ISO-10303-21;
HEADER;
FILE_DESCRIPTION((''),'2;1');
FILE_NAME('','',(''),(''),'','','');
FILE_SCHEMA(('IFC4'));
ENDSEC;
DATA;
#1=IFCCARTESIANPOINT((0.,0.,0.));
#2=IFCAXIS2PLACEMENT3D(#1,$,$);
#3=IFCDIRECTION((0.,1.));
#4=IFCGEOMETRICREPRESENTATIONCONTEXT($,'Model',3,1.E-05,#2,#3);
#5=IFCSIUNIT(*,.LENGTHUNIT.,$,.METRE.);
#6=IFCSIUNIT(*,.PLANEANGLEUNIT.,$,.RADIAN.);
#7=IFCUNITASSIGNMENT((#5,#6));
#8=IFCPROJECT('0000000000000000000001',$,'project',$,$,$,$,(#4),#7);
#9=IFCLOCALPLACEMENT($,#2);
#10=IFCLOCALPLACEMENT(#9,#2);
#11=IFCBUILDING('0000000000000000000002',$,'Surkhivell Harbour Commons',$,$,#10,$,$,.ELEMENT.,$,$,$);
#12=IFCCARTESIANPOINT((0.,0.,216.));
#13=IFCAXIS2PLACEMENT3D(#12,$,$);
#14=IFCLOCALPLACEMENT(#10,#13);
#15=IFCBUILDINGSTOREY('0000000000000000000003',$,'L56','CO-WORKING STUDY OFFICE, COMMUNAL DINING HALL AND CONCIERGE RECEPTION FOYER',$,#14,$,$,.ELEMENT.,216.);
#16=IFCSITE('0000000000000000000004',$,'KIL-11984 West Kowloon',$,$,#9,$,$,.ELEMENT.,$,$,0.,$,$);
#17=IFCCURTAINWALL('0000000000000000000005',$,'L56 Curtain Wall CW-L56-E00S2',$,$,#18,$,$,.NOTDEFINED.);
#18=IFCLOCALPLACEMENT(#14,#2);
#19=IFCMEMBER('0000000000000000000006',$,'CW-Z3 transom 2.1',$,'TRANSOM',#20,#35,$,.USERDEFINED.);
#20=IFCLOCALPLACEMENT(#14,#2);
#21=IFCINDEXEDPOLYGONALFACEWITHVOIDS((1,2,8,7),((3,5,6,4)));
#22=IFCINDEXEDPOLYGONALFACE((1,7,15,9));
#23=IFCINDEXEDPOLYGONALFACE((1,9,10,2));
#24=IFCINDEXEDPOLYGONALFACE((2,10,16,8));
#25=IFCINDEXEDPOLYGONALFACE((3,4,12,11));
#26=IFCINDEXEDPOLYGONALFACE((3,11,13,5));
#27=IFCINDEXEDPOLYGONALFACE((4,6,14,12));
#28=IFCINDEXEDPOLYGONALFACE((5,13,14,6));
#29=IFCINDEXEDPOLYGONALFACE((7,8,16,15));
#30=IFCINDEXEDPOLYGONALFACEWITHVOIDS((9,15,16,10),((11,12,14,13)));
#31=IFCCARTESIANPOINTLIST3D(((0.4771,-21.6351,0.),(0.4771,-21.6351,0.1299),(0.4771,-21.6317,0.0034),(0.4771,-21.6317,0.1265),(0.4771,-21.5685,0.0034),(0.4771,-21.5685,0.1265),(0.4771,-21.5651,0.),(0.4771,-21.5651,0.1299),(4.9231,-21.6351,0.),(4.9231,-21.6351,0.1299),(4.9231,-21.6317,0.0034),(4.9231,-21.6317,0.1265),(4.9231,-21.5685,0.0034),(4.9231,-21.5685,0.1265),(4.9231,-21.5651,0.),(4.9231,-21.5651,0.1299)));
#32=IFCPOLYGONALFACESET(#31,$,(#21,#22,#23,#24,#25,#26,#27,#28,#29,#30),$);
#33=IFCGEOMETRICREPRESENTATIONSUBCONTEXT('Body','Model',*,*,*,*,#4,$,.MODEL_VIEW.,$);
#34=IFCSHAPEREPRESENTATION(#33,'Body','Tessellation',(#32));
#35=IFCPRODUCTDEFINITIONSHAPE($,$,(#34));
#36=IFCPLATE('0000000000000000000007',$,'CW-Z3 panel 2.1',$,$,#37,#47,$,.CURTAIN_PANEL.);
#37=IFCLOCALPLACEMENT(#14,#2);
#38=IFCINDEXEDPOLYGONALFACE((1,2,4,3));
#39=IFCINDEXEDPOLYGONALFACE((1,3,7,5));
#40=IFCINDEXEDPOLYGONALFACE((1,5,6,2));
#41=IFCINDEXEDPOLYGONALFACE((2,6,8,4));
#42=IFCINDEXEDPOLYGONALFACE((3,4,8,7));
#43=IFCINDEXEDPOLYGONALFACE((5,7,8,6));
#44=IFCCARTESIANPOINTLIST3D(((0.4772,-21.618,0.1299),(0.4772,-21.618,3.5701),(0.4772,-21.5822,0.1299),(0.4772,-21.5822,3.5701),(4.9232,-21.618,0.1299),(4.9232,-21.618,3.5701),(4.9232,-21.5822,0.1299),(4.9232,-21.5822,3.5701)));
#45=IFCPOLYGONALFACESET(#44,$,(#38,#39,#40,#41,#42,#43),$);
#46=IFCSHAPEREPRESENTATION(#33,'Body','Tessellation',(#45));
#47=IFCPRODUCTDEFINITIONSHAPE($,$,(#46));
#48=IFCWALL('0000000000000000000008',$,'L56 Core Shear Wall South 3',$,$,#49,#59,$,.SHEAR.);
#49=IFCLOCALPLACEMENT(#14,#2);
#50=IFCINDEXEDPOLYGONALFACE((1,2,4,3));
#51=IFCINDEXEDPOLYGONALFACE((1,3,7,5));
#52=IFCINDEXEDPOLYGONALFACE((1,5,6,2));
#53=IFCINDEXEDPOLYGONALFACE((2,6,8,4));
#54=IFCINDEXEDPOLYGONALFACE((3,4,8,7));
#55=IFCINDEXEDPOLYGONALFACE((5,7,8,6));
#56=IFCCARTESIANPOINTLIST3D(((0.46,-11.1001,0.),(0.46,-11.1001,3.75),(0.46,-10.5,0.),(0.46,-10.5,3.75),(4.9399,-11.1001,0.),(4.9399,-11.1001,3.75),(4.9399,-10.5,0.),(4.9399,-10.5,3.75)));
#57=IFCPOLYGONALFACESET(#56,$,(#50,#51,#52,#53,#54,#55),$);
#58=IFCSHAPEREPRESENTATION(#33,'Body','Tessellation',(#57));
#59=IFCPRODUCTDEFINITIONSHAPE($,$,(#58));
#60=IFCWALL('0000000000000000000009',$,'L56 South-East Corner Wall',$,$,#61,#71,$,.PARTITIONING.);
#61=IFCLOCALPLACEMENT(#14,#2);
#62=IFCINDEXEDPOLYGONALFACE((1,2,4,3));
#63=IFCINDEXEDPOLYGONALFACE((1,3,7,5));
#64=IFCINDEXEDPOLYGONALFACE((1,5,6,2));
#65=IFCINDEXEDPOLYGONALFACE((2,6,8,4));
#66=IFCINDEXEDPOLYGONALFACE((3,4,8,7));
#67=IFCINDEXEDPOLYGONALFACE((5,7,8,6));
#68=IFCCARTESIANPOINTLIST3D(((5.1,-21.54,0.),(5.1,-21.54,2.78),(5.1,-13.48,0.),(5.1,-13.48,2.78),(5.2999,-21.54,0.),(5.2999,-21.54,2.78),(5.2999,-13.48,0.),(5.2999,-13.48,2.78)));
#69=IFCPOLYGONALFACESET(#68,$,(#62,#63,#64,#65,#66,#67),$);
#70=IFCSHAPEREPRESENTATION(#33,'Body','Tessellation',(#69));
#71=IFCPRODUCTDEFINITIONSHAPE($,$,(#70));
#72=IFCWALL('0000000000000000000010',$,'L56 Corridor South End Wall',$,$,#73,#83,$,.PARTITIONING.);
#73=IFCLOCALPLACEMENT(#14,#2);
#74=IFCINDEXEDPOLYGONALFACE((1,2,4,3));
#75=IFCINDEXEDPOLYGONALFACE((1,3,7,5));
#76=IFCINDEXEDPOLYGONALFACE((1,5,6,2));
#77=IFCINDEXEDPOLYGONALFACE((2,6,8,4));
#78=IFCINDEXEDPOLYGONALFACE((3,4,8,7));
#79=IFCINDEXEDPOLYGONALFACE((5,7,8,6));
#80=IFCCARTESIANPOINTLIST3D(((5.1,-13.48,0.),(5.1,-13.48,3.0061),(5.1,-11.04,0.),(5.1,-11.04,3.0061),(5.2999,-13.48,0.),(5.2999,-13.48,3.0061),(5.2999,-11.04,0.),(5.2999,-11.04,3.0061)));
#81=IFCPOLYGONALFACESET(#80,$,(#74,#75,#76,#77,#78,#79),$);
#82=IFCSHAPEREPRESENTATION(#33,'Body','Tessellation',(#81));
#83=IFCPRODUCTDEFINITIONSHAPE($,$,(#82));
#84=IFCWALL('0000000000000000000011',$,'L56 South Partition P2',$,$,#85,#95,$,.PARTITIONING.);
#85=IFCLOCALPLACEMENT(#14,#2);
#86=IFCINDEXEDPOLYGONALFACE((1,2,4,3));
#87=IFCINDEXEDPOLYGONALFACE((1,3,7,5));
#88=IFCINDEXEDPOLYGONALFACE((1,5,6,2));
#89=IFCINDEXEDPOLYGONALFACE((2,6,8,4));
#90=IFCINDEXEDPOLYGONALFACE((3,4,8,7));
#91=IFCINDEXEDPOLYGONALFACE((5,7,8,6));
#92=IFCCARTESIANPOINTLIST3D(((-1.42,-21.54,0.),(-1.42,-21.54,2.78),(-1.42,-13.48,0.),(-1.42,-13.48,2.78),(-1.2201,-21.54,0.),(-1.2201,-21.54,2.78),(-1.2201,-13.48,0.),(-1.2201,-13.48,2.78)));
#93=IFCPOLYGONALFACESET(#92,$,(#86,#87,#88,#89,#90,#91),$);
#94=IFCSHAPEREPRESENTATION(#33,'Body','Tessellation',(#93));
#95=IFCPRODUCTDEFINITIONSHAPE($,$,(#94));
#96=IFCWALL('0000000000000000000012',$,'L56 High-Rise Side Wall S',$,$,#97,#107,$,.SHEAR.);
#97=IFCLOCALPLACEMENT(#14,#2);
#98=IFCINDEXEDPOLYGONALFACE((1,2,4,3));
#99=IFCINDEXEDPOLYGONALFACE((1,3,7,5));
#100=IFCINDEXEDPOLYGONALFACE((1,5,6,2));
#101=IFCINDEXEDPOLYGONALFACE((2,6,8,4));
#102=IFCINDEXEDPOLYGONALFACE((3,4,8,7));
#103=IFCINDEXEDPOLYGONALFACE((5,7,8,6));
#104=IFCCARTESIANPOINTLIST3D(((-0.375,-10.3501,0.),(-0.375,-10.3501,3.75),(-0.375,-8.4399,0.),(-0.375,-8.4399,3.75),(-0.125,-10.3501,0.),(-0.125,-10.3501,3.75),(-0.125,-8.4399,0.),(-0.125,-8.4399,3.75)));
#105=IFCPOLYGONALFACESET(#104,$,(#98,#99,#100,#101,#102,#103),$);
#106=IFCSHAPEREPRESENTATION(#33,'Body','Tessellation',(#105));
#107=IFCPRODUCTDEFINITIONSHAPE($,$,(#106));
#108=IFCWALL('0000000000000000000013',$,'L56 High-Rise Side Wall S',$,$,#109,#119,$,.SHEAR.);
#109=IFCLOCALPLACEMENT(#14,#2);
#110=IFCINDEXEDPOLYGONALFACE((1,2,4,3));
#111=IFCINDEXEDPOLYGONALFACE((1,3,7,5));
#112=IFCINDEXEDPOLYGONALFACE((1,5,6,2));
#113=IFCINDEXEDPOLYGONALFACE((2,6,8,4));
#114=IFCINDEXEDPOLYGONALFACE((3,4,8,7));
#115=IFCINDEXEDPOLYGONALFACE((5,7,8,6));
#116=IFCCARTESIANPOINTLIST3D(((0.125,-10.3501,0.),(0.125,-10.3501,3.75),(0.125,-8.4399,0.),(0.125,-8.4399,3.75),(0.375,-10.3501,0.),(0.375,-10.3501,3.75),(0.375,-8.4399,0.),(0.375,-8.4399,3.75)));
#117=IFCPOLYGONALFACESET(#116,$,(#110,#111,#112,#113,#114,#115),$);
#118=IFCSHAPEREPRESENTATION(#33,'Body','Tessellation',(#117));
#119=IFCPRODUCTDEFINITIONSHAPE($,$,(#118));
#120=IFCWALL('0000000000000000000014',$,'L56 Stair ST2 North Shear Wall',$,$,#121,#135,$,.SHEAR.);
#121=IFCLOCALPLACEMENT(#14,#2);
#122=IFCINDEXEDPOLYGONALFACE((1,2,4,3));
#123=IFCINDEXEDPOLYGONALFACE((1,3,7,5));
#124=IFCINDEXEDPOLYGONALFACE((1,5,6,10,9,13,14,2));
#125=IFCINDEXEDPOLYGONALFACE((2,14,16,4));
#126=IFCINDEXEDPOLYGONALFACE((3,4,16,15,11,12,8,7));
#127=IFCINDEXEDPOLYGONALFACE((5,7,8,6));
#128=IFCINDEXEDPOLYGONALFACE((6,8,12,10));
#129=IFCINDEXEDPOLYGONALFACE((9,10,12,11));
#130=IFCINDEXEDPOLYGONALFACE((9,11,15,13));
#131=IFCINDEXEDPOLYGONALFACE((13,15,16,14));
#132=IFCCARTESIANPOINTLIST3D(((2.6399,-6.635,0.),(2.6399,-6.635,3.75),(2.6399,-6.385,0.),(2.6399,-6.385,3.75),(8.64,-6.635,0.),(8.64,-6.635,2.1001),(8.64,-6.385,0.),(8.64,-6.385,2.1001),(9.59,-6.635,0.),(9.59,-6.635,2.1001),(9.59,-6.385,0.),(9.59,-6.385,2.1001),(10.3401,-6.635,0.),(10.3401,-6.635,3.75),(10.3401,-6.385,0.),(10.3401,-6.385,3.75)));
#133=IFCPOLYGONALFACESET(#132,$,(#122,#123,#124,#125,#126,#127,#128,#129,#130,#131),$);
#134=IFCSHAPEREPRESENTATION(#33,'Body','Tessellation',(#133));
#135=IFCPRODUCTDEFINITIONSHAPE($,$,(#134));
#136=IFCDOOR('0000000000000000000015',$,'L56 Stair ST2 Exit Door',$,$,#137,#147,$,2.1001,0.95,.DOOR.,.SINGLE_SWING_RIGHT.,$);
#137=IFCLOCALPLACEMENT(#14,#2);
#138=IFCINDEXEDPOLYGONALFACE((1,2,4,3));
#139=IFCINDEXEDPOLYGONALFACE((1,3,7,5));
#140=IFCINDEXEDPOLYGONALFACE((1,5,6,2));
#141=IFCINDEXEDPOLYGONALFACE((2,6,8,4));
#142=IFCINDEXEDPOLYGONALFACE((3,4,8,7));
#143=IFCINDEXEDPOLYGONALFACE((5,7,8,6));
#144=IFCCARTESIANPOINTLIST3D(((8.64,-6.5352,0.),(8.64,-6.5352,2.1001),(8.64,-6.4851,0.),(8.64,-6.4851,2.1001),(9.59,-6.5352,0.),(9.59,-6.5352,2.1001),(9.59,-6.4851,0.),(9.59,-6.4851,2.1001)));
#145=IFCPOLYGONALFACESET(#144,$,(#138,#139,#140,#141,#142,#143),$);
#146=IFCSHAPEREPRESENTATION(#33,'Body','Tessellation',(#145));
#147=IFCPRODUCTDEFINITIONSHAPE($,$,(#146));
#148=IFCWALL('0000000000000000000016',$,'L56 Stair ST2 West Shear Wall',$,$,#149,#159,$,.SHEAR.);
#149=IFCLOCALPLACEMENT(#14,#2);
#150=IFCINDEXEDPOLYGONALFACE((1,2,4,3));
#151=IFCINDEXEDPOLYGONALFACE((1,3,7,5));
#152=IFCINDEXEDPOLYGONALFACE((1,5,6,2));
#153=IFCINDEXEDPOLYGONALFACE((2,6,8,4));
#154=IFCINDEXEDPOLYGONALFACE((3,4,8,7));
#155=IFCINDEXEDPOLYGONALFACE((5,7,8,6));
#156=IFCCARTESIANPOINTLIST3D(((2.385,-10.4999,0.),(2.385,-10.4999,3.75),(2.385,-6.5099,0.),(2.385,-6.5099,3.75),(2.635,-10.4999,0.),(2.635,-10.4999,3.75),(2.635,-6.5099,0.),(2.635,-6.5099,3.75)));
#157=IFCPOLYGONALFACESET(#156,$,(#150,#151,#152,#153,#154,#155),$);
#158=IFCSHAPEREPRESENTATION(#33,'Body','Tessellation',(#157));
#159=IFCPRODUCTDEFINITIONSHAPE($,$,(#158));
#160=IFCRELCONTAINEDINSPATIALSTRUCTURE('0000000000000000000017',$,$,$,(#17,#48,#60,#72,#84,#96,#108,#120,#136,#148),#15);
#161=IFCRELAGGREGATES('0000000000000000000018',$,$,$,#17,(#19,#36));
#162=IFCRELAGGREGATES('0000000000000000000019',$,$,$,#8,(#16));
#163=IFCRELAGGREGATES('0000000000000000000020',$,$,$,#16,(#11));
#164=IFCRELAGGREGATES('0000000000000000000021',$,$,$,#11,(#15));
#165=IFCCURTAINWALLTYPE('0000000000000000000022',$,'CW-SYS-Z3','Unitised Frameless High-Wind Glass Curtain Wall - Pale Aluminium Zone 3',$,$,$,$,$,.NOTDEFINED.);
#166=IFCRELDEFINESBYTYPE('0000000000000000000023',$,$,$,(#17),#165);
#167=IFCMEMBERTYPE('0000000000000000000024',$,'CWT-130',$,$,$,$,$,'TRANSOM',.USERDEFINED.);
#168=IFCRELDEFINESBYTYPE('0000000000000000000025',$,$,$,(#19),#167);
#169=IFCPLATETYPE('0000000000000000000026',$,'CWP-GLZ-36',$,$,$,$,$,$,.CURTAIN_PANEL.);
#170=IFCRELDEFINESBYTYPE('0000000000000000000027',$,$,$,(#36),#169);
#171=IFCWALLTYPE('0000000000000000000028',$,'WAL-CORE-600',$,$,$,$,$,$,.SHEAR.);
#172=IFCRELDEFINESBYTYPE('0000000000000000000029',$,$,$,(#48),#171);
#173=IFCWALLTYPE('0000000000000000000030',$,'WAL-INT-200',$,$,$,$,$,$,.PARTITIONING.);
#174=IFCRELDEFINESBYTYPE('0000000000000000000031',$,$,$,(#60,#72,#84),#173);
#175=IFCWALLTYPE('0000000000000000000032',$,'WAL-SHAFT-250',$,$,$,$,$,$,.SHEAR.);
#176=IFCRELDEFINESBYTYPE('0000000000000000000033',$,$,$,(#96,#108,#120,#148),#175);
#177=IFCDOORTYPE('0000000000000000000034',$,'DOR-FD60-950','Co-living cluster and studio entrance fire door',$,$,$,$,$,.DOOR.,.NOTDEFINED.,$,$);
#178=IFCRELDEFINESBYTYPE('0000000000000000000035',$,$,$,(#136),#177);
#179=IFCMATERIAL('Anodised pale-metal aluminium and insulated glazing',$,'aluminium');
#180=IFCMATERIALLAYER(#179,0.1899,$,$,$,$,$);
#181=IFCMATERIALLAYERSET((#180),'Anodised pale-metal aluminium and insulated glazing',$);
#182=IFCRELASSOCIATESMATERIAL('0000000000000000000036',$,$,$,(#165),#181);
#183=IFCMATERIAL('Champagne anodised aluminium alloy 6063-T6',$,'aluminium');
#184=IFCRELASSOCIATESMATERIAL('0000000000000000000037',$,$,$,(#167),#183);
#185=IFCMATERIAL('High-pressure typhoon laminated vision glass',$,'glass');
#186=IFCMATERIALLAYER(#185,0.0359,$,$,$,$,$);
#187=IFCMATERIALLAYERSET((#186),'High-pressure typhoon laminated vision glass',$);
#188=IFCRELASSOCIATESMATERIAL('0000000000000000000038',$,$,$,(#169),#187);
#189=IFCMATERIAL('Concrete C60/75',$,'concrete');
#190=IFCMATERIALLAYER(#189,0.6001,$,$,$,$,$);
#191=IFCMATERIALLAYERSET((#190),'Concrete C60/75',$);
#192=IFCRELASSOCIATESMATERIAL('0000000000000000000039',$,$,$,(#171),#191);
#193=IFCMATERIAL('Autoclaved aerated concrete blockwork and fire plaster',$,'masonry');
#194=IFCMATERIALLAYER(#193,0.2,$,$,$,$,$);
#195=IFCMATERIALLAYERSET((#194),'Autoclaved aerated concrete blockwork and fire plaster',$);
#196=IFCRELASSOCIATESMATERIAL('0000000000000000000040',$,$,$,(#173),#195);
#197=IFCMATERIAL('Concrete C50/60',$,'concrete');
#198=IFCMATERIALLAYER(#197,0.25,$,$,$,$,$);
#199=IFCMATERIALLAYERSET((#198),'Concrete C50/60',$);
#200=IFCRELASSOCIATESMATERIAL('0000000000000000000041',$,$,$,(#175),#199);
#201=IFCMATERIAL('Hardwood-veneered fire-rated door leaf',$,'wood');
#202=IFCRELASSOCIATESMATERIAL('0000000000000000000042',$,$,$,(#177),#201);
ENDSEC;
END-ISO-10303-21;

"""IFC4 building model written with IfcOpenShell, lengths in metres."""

from ifc_helpers import new_model, si_unit, direction, frame, frame_2d, origin, origin_2d, place, context, subcontext, project, spatial, rectangle, hollow_rectangle, extrude, material, layer, layer_set, material_profile, profile_set, type_object, element, fill, aggregate, save


model = new_model("IFC4")

# Units and contexts
model_context = context("Model", 3, precision=1e-05, world=origin(), true_north=direction((0.0, 1.0)))
body_context = subcontext(model_context, "Body", "Model", "MODEL_VIEW")
ifc_project = project(units=[si_unit("LENGTHUNIT", "METRE"), si_unit("PLANEANGLEUNIT", "RADIAN")], contexts=[model_context])

# Site, building, storey
site_placement = place(None, origin())
site = spatial("IfcSite", under=ifc_project, at=site_placement, Name="KIL-11984 West Kowloon", CompositionType="ELEMENT", RefElevation=0.0)
building_placement = place(site_placement, origin())
building = spatial("IfcBuilding", under=site, at=building_placement, Name="Surkhivell Harbour Commons", CompositionType="ELEMENT")
storey_placement = place(building_placement, frame((0.0, 0.0, 216.0)))
storey = spatial("IfcBuildingStorey", under=building, at=storey_placement, Name="L56", Description="CO-WORKING STUDY OFFICE, COMMUNAL DINING HALL AND CONCIERGE RECEPTION FOYER", CompositionType="ELEMENT", Elevation=216.0)

# Shared definitions
ifc_material_1 = material(Name="Concrete C60/75", Category="concrete")
ifc_material_2 = material(Name="Concrete C50/60", Category="concrete")

# Curtain wall, member, plate
ifc_material_3 = material(Name="Anodised pale-metal aluminium and insulated glazing", Category="aluminium")
ifc_layer_1 = layer(ifc_material_3, 0.1899)
ifc_layer_set_1 = layer_set([ifc_layer_1], Name="Anodised pale-metal aluminium and insulated glazing")
curtain_wall_type = type_object("IfcCurtainWallType", Name="CW-SYS-Z3", Description="Unitised Frameless High-Wind Glass Curtain Wall - Pale Aluminium Zone 3", PredefinedType="NOTDEFINED", material=ifc_layer_set_1)
curtain_wall_placement = place(storey_placement, origin())
curtain_wall = element("IfcCurtainWall", 1, at=curtain_wall_placement, inside=storey, type_object=curtain_wall_type, Name="L56 Curtain Wall CW-L56-E00S2", PredefinedType="NOTDEFINED")
ifc_material_4 = material(Name="Champagne anodised aluminium alloy 6063-T6", Category="aluminium")
ifc_material_profile_1 = material_profile(ifc_material_4, hollow_rectangle(XDim=0.0701, YDim=0.1299, WallThickness=0.0034, at=origin_2d()), Name="ALU-TRAN-70x130")
ifc_profile_set_1 = profile_set([ifc_material_profile_1], Name="Champagne anodised aluminium alloy 6063-T6")
member_type_1 = type_object("IfcMemberType", Name="CWT-130", ElementType="TRANSOM", PredefinedType="USERDEFINED", material=ifc_profile_set_1)
member_1_placement = place(storey_placement, frame((0.4771, -21.6001, 0.0649), z_axis=(1.0, 0.0, 0.0), x_axis=(0.0, 1.0, 0.0)))
member_1 = element("IfcMember", 2, at=member_1_placement, type_object=member_type_1, Name="CW-Z3 transom 2.1", ObjectType="TRANSOM", PredefinedType="USERDEFINED", context=body_context, shape_type="SweptSolid", body=[
    extrude(hollow_rectangle(XDim=0.0701, YDim=0.1299, WallThickness=0.0034, at=origin_2d()), origin(), (0.0, 0.0, 1.0), 4.446),
])
ifc_material_5 = material(Name="High-pressure typhoon laminated vision glass", Category="glass")
ifc_layer_2 = layer(ifc_material_5, 0.0359)
ifc_layer_set_2 = layer_set([ifc_layer_2], Name="High-pressure typhoon laminated vision glass")
plate_type = type_object("IfcPlateType", Name="CWP-GLZ-36", PredefinedType="CURTAIN_PANEL", material=ifc_layer_set_2)
plate_placement = place(storey_placement, frame((0.4771, -21.6001, 0.1299), z_axis=(0.0, 0.0, 1.0), x_axis=(1.0, 0.0, 0.0)))
plate = element("IfcPlate", 3, at=plate_placement, type_object=plate_type, Name="CW-Z3 panel 2.1", PredefinedType="CURTAIN_PANEL", context=body_context, shape_type="SweptSolid", body=[
    extrude(rectangle(XDim=4.446, YDim=0.0359, at=frame_2d((2.2231, 0.0))), origin(), (0.0, 0.0, 1.0), 3.4402),
])
aggregate(curtain_wall, [member_1, plate])

# Walls
ifc_layer_3 = layer(ifc_material_1, 0.6001)
ifc_layer_set_3 = layer_set([ifc_layer_3], Name="Concrete C60/75")
wall_type_1 = type_object("IfcWallType", Name="WAL-CORE-600", PredefinedType="SHEAR", material=ifc_layer_set_3)
wall_1_placement = place(storey_placement, frame((0.46, -10.8, 0.0), z_axis=(0.0, 0.0, 1.0), x_axis=(1.0, 0.0, 0.0)))
element("IfcWall", 4, at=wall_1_placement, inside=storey, type_object=wall_type_1, Name="L56 Core Shear Wall South 3", PredefinedType="SHEAR", context=body_context, shape_type="SweptSolid", body=[
    extrude(rectangle(XDim=4.48, YDim=0.6001, at=frame_2d((2.24, 0.0))), origin(), (0.0, 0.0, 1.0), 3.75),
])
ifc_material_6 = material(Name="Autoclaved aerated concrete blockwork and fire plaster", Category="masonry")
ifc_layer_4 = layer(ifc_material_6, 0.2)
ifc_layer_set_4 = layer_set([ifc_layer_4], Name="Autoclaved aerated concrete blockwork and fire plaster")
wall_type_2 = type_object("IfcWallType", Name="WAL-INT-200", PredefinedType="PARTITIONING", material=ifc_layer_set_4)
wall_2_placement = place(storey_placement, frame((5.2, -21.54, 0.0), z_axis=(0.0, 0.0, 1.0), x_axis=(0.0, 1.0, 0.0)))
element("IfcWall", 5, at=wall_2_placement, inside=storey, type_object=wall_type_2, Name="L56 South-East Corner Wall", PredefinedType="PARTITIONING", context=body_context, shape_type="SweptSolid", body=[
    extrude(rectangle(XDim=8.0601, YDim=0.2, at=frame_2d((4.03, 0.0))), origin(), (0.0, 0.0, 1.0), 2.78),
])
wall_3_placement = place(storey_placement, frame((5.2, -13.48, 0.0), z_axis=(0.0, 0.0, 1.0), x_axis=(0.0, 1.0, 0.0)))
element("IfcWall", 6, at=wall_3_placement, inside=storey, type_object=wall_type_2, Name="L56 Corridor South End Wall", PredefinedType="PARTITIONING", context=body_context, shape_type="SweptSolid", body=[
    extrude(rectangle(XDim=2.4399, YDim=0.2, at=frame_2d((1.22, 0.0))), origin(), (0.0, 0.0, 1.0), 3.0061),
])
wall_4_placement = place(storey_placement, frame((-1.3201, -21.54, 0.0), z_axis=(0.0, 0.0, 1.0), x_axis=(0.0, 1.0, 0.0)))
element("IfcWall", 7, at=wall_4_placement, inside=storey, type_object=wall_type_2, Name="L56 South Partition P2", PredefinedType="PARTITIONING", context=body_context, shape_type="SweptSolid", body=[
    extrude(rectangle(XDim=8.0601, YDim=0.2, at=frame_2d((4.03, 0.0))), origin(), (0.0, 0.0, 1.0), 2.78),
])
ifc_layer_5 = layer(ifc_material_2, 0.25)
ifc_layer_set_5 = layer_set([ifc_layer_5], Name="Concrete C50/60")
wall_type_3 = type_object("IfcWallType", Name="WAL-SHAFT-250", PredefinedType="SHEAR", material=ifc_layer_set_5)
for number, where, z_axis, x_axis, name in (
    (8, (-0.25, -10.3501, 0.0), (0.0, 0.0, 1.0), (0.0, 1.0, 0.0), "L56 High-Rise Side Wall S"),
    (9, (0.25, -10.3501, 0.0), (0.0, 0.0, 1.0), (0.0, 1.0, 0.0), "L56 High-Rise Side Wall S"),
):
    element("IfcWall", number, at=place(storey_placement, frame(where, z_axis=z_axis, x_axis=x_axis)), inside=storey, type_object=wall_type_3, Name=name, PredefinedType="SHEAR", context=body_context, shape_type="SweptSolid", body=[
        extrude(rectangle(XDim=1.9102, YDim=0.25, at=frame_2d((0.9551, 0.0))), origin(), (0.0, 0.0, 1.0), 3.75),
    ])

# Wall, opening, door
wall_5_placement = place(storey_placement, frame((2.6399, -6.51, 0.0), z_axis=(0.0, 0.0, 1.0), x_axis=(1.0, 0.0, 0.0)))
wall_5 = element("IfcWall", 10, at=wall_5_placement, inside=storey, type_object=wall_type_3, Name="L56 Stair ST2 North Shear Wall", PredefinedType="SHEAR", context=body_context, shape_type="SweptSolid", body=[
    extrude(rectangle(XDim=7.7002, YDim=0.25, at=frame_2d((3.8501, 0.0))), origin(), (0.0, 0.0, 1.0), 3.75),
])
opening_placement = place(wall_5_placement, frame((6.0, 0.0, 0.0)))
opening = element("IfcOpeningElement", 11, at=opening_placement, cuts=wall_5, PredefinedType="OPENING", context=body_context, shape_type="SweptSolid", body=[
    extrude(rectangle(XDim=0.95, YDim=2.1001, at=frame_2d((0.4751, 1.05))), frame((0.0, 0.135, 0.0), z_axis=(0.0, -1.0, 0.0), x_axis=(1.0, 0.0, 0.0)), (0.0, 0.0, 1.0), 0.27),
])
ifc_material_7 = material(Name="Hardwood-veneered fire-rated door leaf", Category="wood")
door_type = type_object("IfcDoorType", Name="DOR-FD60-950", Description="Co-living cluster and studio entrance fire door", OperationType="NOTDEFINED", PredefinedType="DOOR", material=ifc_material_7)
door_placement = place(opening_placement, origin())
door = element("IfcDoor", 12, at=door_placement, inside=storey, type_object=door_type, Name="L56 Stair ST2 Exit Door", OperationType="SINGLE_SWING_RIGHT", OverallHeight=2.1001, OverallWidth=0.95, PredefinedType="DOOR", context=body_context, shape_type="SweptSolid", body=[
    extrude(rectangle(XDim=0.95, YDim=2.1001, at=frame_2d((0.4751, 1.05))), frame((0.0, 0.0249, 0.0), z_axis=(0.0, -1.0, 0.0), x_axis=(1.0, 0.0, 0.0)), (0.0, 0.0, 1.0), 0.05),
])
fill(opening, door)

# Wall
wall_6_placement = place(storey_placement, frame((2.51, -10.5, 0.0), z_axis=(0.0, 0.0, 1.0), x_axis=(0.0, 1.0, 0.0)))
element("IfcWall", 13, at=wall_6_placement, inside=storey, type_object=wall_type_3, Name="L56 Stair ST2 West Shear Wall", PredefinedType="SHEAR", context=body_context, shape_type="SweptSolid", body=[
    extrude(rectangle(XDim=3.99, YDim=0.25, at=frame_2d((1.9951, 0.0))), origin(), (0.0, 0.0, 1.0), 3.75),
])

save(model, "model.ifc")
